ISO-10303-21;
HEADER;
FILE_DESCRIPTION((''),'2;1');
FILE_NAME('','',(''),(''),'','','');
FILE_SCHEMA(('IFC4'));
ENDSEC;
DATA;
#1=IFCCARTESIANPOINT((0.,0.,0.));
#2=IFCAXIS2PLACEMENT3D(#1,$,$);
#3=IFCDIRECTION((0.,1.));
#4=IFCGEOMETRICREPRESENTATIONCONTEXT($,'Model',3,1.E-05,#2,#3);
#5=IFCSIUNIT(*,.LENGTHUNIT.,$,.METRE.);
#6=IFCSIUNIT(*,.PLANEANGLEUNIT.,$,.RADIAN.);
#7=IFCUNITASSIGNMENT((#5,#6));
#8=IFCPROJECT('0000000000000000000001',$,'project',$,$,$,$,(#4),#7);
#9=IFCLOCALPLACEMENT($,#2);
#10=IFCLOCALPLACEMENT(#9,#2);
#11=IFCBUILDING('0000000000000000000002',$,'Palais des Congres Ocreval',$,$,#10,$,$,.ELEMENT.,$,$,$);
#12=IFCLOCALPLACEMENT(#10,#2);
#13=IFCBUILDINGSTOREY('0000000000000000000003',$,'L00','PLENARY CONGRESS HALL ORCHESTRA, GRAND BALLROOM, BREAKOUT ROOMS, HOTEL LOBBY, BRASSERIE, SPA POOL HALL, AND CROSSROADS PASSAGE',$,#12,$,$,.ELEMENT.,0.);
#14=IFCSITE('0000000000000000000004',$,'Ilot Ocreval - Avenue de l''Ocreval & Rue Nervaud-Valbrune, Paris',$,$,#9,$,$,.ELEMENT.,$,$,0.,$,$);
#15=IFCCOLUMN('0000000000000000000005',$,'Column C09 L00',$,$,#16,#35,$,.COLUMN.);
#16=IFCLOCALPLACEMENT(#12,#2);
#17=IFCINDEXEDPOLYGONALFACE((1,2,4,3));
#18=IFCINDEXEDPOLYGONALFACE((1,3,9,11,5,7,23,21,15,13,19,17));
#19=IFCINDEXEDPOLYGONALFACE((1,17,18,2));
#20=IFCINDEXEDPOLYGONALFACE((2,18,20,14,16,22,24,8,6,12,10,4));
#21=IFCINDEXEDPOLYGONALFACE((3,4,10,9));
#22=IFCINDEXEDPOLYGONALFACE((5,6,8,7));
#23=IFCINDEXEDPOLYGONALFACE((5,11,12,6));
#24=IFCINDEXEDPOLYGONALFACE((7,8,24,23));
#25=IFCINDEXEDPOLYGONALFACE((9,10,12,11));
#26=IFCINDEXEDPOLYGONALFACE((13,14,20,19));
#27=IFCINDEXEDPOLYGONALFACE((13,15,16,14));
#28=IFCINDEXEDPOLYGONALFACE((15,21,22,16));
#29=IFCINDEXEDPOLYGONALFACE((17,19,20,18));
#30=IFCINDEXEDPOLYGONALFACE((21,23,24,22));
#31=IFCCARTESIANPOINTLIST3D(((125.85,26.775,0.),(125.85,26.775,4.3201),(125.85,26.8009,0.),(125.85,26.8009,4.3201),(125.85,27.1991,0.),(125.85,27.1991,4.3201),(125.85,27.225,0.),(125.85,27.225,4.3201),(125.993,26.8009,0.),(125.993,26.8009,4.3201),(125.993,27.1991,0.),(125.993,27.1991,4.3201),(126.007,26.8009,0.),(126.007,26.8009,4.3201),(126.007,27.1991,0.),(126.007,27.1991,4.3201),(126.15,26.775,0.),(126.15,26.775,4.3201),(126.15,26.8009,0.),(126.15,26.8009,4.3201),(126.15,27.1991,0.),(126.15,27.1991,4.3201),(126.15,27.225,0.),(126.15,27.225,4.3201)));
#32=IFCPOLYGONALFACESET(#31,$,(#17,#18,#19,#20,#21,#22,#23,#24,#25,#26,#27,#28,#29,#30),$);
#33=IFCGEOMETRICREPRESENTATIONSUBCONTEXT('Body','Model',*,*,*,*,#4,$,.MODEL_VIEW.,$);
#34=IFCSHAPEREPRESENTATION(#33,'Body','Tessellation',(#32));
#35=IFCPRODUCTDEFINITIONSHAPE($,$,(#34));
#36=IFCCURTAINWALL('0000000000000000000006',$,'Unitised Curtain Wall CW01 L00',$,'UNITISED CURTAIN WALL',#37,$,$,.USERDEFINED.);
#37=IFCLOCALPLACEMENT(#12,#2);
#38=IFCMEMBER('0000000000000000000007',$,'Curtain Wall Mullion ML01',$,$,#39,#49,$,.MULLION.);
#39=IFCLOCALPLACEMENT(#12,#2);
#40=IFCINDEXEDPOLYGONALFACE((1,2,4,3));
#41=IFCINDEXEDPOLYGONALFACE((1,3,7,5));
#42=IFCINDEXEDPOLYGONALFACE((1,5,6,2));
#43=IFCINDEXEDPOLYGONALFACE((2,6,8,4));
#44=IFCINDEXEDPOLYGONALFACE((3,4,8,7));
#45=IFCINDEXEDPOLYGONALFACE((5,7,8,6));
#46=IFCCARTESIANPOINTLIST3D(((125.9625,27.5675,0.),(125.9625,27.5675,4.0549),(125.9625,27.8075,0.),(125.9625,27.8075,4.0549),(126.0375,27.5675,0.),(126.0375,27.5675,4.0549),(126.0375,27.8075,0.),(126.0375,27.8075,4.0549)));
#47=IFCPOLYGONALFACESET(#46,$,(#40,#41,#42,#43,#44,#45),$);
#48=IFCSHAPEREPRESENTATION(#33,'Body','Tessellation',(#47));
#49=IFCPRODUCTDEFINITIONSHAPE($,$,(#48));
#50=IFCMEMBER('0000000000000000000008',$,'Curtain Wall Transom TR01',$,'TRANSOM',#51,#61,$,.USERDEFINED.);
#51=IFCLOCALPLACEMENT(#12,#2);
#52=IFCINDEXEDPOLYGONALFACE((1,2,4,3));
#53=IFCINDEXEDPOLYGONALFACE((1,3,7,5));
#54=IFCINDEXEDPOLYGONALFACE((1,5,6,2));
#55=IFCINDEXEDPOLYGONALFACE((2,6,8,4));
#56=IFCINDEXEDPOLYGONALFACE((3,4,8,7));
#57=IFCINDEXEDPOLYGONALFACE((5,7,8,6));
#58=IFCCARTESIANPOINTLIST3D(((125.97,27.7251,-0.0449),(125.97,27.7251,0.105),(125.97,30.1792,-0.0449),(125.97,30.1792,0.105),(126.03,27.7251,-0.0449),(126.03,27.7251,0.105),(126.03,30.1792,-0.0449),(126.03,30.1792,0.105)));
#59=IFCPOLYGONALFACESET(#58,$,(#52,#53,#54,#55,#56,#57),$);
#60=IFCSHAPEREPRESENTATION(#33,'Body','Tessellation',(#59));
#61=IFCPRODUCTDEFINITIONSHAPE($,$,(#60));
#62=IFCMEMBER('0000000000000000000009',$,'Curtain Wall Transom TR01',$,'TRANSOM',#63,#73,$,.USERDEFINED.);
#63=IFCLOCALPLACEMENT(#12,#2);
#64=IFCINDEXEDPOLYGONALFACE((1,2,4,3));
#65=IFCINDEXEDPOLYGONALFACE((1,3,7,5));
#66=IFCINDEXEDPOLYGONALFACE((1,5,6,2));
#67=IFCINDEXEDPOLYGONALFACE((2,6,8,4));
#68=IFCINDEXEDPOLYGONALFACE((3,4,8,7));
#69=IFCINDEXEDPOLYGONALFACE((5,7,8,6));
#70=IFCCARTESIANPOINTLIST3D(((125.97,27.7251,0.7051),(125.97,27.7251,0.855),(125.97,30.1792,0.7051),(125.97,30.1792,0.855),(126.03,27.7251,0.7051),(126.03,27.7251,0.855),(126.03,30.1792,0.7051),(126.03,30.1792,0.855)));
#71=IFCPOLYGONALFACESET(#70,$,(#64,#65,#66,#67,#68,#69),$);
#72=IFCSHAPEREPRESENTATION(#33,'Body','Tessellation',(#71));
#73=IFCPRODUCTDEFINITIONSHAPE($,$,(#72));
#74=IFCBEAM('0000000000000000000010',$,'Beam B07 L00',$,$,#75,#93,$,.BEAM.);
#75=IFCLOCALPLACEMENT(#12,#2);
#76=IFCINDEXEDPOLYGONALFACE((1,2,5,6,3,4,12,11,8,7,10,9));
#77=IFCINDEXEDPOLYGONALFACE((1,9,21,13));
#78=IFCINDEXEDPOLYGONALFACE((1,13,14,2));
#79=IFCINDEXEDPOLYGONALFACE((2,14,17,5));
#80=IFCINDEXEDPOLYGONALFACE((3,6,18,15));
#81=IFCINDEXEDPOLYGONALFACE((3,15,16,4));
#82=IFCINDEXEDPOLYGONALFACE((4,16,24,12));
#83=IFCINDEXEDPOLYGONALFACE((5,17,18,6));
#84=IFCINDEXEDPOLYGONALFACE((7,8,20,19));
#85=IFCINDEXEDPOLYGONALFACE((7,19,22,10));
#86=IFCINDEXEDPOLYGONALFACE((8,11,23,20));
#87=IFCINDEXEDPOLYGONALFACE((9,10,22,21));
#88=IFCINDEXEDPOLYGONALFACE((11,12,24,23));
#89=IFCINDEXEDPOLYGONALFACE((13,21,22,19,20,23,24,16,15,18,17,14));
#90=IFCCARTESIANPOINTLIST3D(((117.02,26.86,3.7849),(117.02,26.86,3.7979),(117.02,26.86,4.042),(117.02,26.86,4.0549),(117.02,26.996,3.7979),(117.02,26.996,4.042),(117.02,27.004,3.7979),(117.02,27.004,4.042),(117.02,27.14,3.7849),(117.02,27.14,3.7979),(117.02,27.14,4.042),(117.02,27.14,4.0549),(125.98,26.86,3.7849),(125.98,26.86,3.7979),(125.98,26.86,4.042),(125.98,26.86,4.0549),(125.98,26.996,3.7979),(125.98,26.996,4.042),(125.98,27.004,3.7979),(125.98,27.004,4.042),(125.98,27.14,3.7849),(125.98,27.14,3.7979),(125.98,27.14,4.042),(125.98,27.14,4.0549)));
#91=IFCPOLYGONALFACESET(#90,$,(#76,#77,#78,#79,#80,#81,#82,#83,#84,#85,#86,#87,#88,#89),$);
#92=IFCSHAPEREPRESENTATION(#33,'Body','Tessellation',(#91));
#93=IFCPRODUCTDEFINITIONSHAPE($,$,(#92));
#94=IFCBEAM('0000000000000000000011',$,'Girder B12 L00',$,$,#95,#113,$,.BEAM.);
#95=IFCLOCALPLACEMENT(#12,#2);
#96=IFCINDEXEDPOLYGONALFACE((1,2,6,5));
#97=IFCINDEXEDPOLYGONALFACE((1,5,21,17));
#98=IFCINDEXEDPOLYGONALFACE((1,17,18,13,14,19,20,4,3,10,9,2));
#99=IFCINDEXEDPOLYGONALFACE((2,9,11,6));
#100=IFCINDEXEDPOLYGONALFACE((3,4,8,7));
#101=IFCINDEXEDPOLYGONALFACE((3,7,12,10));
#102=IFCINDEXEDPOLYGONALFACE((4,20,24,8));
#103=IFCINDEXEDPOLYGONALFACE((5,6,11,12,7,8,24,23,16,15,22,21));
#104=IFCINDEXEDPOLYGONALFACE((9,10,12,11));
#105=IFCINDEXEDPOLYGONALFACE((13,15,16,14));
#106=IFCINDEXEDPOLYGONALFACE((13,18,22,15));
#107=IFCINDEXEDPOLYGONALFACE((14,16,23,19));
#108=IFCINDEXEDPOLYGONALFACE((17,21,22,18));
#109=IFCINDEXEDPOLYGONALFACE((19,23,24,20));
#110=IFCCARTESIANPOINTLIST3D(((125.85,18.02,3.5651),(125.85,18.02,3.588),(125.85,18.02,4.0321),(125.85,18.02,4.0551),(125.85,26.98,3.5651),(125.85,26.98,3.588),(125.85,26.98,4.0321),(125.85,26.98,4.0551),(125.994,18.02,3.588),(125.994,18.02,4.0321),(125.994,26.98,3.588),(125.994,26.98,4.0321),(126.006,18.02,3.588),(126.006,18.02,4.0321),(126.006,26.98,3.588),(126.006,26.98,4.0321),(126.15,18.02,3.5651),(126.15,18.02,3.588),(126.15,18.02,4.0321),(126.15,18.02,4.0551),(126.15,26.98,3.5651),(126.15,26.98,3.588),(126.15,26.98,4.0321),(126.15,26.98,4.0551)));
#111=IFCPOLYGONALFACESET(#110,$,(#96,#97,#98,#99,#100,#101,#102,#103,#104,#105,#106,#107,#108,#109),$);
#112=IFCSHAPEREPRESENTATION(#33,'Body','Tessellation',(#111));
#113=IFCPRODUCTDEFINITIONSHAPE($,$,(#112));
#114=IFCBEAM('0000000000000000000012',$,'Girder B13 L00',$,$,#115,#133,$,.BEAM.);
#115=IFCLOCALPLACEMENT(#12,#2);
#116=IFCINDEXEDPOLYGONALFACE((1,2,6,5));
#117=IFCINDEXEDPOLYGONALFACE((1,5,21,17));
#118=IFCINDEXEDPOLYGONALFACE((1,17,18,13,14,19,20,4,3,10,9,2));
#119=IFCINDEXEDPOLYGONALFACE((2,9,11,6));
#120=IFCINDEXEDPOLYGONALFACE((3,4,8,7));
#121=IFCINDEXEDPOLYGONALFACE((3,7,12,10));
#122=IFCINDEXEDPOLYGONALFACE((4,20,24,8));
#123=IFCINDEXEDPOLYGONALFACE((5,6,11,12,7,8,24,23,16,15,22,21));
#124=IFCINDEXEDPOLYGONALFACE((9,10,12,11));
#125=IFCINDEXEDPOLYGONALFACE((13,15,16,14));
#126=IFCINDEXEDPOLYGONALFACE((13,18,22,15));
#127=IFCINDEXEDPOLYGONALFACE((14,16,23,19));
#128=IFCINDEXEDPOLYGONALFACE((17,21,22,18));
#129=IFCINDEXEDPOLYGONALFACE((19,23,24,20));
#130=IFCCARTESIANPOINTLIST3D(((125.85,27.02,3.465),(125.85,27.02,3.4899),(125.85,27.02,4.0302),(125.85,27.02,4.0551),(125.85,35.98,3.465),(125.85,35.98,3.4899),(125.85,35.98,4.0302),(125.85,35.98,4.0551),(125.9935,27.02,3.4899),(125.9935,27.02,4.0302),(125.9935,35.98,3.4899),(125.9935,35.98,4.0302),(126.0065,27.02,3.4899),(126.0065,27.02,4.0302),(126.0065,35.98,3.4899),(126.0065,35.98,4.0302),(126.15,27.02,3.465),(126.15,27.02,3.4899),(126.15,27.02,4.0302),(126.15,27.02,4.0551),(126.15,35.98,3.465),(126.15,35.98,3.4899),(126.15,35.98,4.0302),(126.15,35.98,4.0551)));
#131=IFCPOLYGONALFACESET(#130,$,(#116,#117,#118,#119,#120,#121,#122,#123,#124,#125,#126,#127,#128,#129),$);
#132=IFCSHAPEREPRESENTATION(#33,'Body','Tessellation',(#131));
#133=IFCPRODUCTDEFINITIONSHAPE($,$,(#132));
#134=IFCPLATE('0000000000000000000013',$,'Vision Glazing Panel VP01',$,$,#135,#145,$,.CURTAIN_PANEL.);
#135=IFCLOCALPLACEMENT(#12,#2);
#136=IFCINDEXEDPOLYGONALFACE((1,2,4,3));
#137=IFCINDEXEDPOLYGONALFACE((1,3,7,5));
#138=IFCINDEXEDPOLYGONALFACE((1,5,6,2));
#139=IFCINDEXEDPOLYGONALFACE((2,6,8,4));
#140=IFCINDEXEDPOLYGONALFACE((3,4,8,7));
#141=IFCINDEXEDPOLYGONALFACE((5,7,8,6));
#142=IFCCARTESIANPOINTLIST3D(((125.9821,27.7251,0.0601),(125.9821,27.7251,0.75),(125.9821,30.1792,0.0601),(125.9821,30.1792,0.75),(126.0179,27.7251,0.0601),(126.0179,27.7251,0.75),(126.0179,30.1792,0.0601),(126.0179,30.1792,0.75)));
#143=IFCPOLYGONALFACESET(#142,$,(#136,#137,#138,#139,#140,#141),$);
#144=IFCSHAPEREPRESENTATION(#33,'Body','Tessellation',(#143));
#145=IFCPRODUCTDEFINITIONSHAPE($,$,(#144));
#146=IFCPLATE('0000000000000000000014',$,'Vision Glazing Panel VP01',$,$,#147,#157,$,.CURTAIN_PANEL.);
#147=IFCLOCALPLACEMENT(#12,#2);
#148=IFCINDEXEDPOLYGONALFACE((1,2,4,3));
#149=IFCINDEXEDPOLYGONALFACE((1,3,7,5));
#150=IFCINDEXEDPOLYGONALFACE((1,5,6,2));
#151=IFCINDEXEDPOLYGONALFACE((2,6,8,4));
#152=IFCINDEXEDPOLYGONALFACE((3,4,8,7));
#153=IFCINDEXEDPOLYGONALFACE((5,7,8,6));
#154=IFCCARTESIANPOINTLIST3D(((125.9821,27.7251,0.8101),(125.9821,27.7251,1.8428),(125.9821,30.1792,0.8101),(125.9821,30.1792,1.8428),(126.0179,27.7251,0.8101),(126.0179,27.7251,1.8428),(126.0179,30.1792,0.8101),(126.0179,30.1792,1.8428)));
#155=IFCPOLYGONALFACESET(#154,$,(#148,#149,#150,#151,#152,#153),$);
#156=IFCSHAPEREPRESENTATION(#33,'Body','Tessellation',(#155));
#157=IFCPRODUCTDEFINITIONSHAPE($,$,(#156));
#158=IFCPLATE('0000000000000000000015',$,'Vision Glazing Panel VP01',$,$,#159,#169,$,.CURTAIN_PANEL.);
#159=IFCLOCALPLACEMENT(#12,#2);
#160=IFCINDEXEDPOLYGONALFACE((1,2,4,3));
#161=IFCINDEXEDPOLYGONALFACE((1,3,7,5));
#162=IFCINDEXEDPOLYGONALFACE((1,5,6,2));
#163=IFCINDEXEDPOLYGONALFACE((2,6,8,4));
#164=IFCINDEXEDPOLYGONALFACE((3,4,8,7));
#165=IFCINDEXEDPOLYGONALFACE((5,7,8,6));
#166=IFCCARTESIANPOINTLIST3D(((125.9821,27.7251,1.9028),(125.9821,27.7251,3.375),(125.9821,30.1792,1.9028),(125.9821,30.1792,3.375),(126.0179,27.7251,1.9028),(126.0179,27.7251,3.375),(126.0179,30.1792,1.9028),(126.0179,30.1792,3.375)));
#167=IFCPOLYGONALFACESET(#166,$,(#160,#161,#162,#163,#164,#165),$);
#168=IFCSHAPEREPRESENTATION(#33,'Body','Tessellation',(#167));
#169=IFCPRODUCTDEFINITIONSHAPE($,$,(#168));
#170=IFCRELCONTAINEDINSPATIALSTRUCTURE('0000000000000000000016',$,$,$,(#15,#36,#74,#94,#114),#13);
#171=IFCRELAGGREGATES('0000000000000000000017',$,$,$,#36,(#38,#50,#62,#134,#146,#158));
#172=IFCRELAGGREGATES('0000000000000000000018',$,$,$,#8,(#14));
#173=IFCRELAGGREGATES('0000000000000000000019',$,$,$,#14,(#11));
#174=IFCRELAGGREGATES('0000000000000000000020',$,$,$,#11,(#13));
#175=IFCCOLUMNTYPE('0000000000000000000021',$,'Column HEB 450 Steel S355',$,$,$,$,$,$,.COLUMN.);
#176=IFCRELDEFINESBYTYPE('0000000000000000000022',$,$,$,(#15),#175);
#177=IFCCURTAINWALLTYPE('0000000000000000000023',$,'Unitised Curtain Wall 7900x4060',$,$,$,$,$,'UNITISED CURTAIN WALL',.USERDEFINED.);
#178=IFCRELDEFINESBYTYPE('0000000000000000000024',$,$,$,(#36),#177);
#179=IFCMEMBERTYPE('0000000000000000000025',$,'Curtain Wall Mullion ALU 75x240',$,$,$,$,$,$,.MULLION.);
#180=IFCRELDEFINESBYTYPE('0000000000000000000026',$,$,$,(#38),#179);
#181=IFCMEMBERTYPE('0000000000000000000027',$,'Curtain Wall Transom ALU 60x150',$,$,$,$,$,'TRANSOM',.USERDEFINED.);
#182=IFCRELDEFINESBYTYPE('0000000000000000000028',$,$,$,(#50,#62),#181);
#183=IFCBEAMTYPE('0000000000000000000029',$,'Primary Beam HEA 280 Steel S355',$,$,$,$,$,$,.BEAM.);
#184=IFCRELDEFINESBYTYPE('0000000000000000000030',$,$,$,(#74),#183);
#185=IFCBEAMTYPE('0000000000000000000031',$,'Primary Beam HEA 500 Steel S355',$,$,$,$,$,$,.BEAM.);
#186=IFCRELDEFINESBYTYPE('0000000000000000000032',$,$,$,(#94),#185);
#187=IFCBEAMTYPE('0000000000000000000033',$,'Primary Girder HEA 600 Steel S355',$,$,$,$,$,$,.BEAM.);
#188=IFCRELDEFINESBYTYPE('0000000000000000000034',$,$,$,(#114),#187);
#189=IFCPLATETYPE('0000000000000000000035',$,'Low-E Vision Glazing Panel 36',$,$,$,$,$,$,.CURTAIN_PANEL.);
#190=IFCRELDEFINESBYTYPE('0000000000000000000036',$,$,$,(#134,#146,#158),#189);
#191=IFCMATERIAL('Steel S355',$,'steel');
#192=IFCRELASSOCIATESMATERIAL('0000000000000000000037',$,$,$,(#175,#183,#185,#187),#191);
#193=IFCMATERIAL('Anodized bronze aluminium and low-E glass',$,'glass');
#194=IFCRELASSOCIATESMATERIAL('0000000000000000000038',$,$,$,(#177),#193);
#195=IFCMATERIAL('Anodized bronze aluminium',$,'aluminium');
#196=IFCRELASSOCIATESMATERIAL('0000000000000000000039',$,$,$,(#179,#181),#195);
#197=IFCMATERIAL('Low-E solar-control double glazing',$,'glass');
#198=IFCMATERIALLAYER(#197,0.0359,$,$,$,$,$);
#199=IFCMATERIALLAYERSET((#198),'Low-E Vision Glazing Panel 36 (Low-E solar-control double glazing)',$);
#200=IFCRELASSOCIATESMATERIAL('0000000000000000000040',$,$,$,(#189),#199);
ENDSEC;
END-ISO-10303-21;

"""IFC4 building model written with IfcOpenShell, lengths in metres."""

from ifc_helpers import new_model, si_unit, direction, frame, origin, origin_2d, place, context, subcontext, project, spatial, rectangle, i_section, extrude, material, layer, layer_set, material_profile, profile_set, type_object, element, aggregate, save


model = new_model("IFC4")

# Units and contexts
model_context = context("Model", 3, precision=1e-05, world=origin(), true_north=direction((0.0, 1.0)))
body_context = subcontext(model_context, "Body", "Model", "MODEL_VIEW")
ifc_project = project(units=[si_unit("LENGTHUNIT", "METRE"), si_unit("PLANEANGLEUNIT", "RADIAN")], contexts=[model_context])

# Site, building, storey
site_placement = place(None, origin())
site = spatial("IfcSite", under=ifc_project, at=site_placement, Name="Ilot Ocreval - Avenue de l'Ocreval & Rue Nervaud-Valbrune, Paris", CompositionType="ELEMENT", RefElevation=0.0)
building_placement = place(site_placement, origin())
building = spatial("IfcBuilding", under=site, at=building_placement, Name="Palais des Congres Ocreval", CompositionType="ELEMENT")
storey_placement = place(building_placement, origin())
storey = spatial("IfcBuildingStorey", under=building, at=storey_placement, Name="L00", Description="PLENARY CONGRESS HALL ORCHESTRA, GRAND BALLROOM, BREAKOUT ROOMS, HOTEL LOBBY, BRASSERIE, SPA POOL HALL, AND CROSSROADS PASSAGE", CompositionType="ELEMENT", Elevation=0.0)

# Column
ifc_material_1 = material(Name="Steel S355", Category="steel")
ifc_material_profile_1 = material_profile(ifc_material_1, i_section(OverallWidth=0.3, OverallDepth=0.45, WebThickness=0.0139, FlangeThickness=0.0259, at=origin_2d()), Name="HEB 450")
ifc_profile_set_1 = profile_set([ifc_material_profile_1], Name="Steel S355")
column_type = type_object("IfcColumnType", Name="Column HEB 450 Steel S355", PredefinedType="COLUMN", material=ifc_profile_set_1)
column_placement = place(storey_placement, frame((126.0, 27.0, 0.0), z_axis=(0.0, 0.0, 1.0), x_axis=(1.0, 0.0, 0.0)))
element("IfcColumn", 1, at=column_placement, inside=storey, type_object=column_type, Name="Column C09 L00", PredefinedType="COLUMN", context=body_context, shape_type="SweptSolid", body=[
    extrude(i_section(OverallWidth=0.3, OverallDepth=0.45, WebThickness=0.0139, FlangeThickness=0.0259, at=origin_2d()), origin(), (0.0, 0.0, 1.0), 4.3201),
])

# Curtain wall, members
ifc_material_2 = material(Name="Anodized bronze aluminium and low-E glass", Category="glass")
curtain_wall_type = type_object("IfcCurtainWallType", Name="Unitised Curtain Wall 7900x4060", ElementType="UNITISED CURTAIN WALL", PredefinedType="USERDEFINED", material=ifc_material_2)
curtain_wall_placement = place(storey_placement, origin())
curtain_wall = element("IfcCurtainWall", 2, at=curtain_wall_placement, inside=storey, type_object=curtain_wall_type, Name="Unitised Curtain Wall CW01 L00", ObjectType="UNITISED CURTAIN WALL", PredefinedType="USERDEFINED")
ifc_material_3 = material(Name="Anodized bronze aluminium", Category="aluminium")
ifc_material_profile_2 = material_profile(ifc_material_3, rectangle(XDim=0.075, YDim=0.24, at=origin_2d()), Name="ALU 75x240")
ifc_profile_set_2 = profile_set([ifc_material_profile_2], Name="Anodized bronze aluminium")
member_type_1 = type_object("IfcMemberType", Name="Curtain Wall Mullion ALU 75x240", PredefinedType="MULLION", material=ifc_profile_set_2)
member_1_placement = place(storey_placement, frame((126.0, 27.6875, 0.0), z_axis=(0.0, 0.0, 1.0), x_axis=(1.0, 0.0, 0.0)))
member_1 = element("IfcMember", 3, at=member_1_placement, type_object=member_type_1, Name="Curtain Wall Mullion ML01", PredefinedType="MULLION", context=body_context, shape_type="SweptSolid", body=[
    extrude(rectangle(XDim=0.075, YDim=0.24, at=origin_2d()), origin(), (0.0, 0.0, 1.0), 4.0549),
])
ifc_material_profile_3 = material_profile(ifc_material_3, rectangle(XDim=0.0601, YDim=0.1499, at=origin_2d()), Name="ALU 60x150")
ifc_profile_set_3 = profile_set([ifc_material_profile_3], Name="Anodized bronze aluminium")
member_type_2 = type_object("IfcMemberType", Name="Curtain Wall Transom ALU 60x150", ElementType="TRANSOM", PredefinedType="USERDEFINED", material=ifc_profile_set_3)
member_2_placement = place(storey_placement, frame((126.0, 30.1792, 0.03), z_axis=(0.0, -1.0, 0.0), x_axis=(1.0, 0.0, 0.0)))
member_2 = element("IfcMember", 4, at=member_2_placement, type_object=member_type_2, Name="Curtain Wall Transom TR01", ObjectType="TRANSOM", PredefinedType="USERDEFINED", context=body_context, shape_type="SweptSolid", body=[
    extrude(rectangle(XDim=0.0601, YDim=0.1499, at=origin_2d()), origin(), (0.0, 0.0, 1.0), 2.4541),
])
member_3_placement = place(storey_placement, frame((126.0, 30.1792, 0.78), z_axis=(0.0, -1.0, 0.0), x_axis=(1.0, 0.0, 0.0)))
member_3 = element("IfcMember", 5, at=member_3_placement, type_object=member_type_2, Name="Curtain Wall Transom TR01", ObjectType="TRANSOM", PredefinedType="USERDEFINED", context=body_context, shape_type="SweptSolid", body=[
    extrude(rectangle(XDim=0.0601, YDim=0.1499, at=origin_2d()), origin(), (0.0, 0.0, 1.0), 2.4541),
])

# Beams
ifc_material_profile_4 = material_profile(ifc_material_1, i_section(OverallWidth=0.28, OverallDepth=0.27, WebThickness=0.0081, FlangeThickness=0.0129, at=origin_2d()), Name="HEA 280")
ifc_profile_set_4 = profile_set([ifc_material_profile_4], Name="Steel S355")
beam_type_1 = type_object("IfcBeamType", Name="Primary Beam HEA 280 Steel S355", PredefinedType="BEAM", material=ifc_profile_set_4)
beam_1_placement = place(storey_placement, frame((117.02, 27.0, 3.9199), z_axis=(1.0, 0.0, 0.0), x_axis=(0.0, 1.0, 0.0)))
element("IfcBeam", 6, at=beam_1_placement, inside=storey, type_object=beam_type_1, Name="Beam B07 L00", PredefinedType="BEAM", context=body_context, shape_type="SweptSolid", body=[
    extrude(i_section(OverallWidth=0.28, OverallDepth=0.27, WebThickness=0.0081, FlangeThickness=0.0129, at=origin_2d()), origin(), (0.0, 0.0, 1.0), 8.96),
])
ifc_material_profile_5 = material_profile(ifc_material_1, i_section(OverallWidth=0.3, OverallDepth=0.49, WebThickness=0.012, FlangeThickness=0.0229, at=origin_2d()), Name="HEA 500")
ifc_profile_set_5 = profile_set([ifc_material_profile_5], Name="Steel S355")
beam_type_2 = type_object("IfcBeamType", Name="Primary Beam HEA 500 Steel S355", PredefinedType="BEAM", material=ifc_profile_set_5)
beam_2_placement = place(storey_placement, frame((126.0, 18.02, 3.8101), z_axis=(0.0, 1.0, 0.0), x_axis=(-1.0, 0.0, 0.0)))
element("IfcBeam", 7, at=beam_2_placement, inside=storey, type_object=beam_type_2, Name="Girder B12 L00", PredefinedType="BEAM", context=body_context, shape_type="SweptSolid", body=[
    extrude(i_section(OverallWidth=0.3, OverallDepth=0.49, WebThickness=0.012, FlangeThickness=0.0229, at=origin_2d()), origin(), (0.0, 0.0, 1.0), 8.96),
])
ifc_material_profile_6 = material_profile(ifc_material_1, i_section(OverallWidth=0.3, OverallDepth=0.5901, WebThickness=0.0129, FlangeThickness=0.0249, at=origin_2d()), Name="HEA 600")
ifc_profile_set_6 = profile_set([ifc_material_profile_6], Name="Steel S355")
beam_type_3 = type_object("IfcBeamType", Name="Primary Girder HEA 600 Steel S355", PredefinedType="BEAM", material=ifc_profile_set_6)
beam_3_placement = place(storey_placement, frame((126.0, 27.02, 3.76), z_axis=(0.0, 1.0, 0.0), x_axis=(-1.0, 0.0, 0.0)))
element("IfcBeam", 8, at=beam_3_placement, inside=storey, type_object=beam_type_3, Name="Girder B13 L00", PredefinedType="BEAM", context=body_context, shape_type="SweptSolid", body=[
    extrude(i_section(OverallWidth=0.3, OverallDepth=0.5901, WebThickness=0.0129, FlangeThickness=0.0249, at=origin_2d()), origin(), (0.0, 0.0, 1.0), 8.96),
])

# Plates
ifc_material_4 = material(Name="Low-E solar-control double glazing", Category="glass")
ifc_layer_1 = layer(ifc_material_4, 0.0359)
ifc_layer_set_1 = layer_set([ifc_layer_1], Name="Low-E Vision Glazing Panel 36 (Low-E solar-control double glazing)")
plate_type_1 = type_object("IfcPlateType", Name="Low-E Vision Glazing Panel 36", PredefinedType="CURTAIN_PANEL", material=ifc_layer_set_1)
plate_1_placement = place(storey_placement, frame((126.0, 28.9521, 0.0601), z_axis=(0.0, 0.0, 1.0), x_axis=(0.0, -1.0, 0.0)))
plate_1 = element("IfcPlate", 9, at=plate_1_placement, type_object=plate_type_1, Name="Vision Glazing Panel VP01", PredefinedType="CURTAIN_PANEL", context=body_context, shape_type="SweptSolid", body=[
    extrude(rectangle(XDim=2.4541, YDim=0.0359, at=origin_2d()), origin(), (0.0, 0.0, 1.0), 0.6899),
])
plate_2_placement = place(storey_placement, frame((126.0, 28.9521, 0.8101), z_axis=(0.0, 0.0, 1.0), x_axis=(0.0, -1.0, 0.0)))
plate_2 = element("IfcPlate", 10, at=plate_2_placement, type_object=plate_type_1, Name="Vision Glazing Panel VP01", PredefinedType="CURTAIN_PANEL", context=body_context, shape_type="SweptSolid", body=[
    extrude(rectangle(XDim=2.4541, YDim=0.0359, at=origin_2d()), origin(), (0.0, 0.0, 1.0), 1.0327),
])
plate_3_placement = place(storey_placement, frame((126.0, 28.9521, 1.9028), z_axis=(0.0, 0.0, 1.0), x_axis=(0.0, -1.0, 0.0)))
plate_3 = element("IfcPlate", 11, at=plate_3_placement, type_object=plate_type_1, Name="Vision Glazing Panel VP01", PredefinedType="CURTAIN_PANEL", context=body_context, shape_type="SweptSolid", body=[
    extrude(rectangle(XDim=2.4541, YDim=0.0359, at=origin_2d()), origin(), (0.0, 0.0, 1.0), 1.4722),
])
aggregate(curtain_wall, [member_1, member_2, member_3, plate_1, plate_2, plate_3])

save(model, "model.ifc")
